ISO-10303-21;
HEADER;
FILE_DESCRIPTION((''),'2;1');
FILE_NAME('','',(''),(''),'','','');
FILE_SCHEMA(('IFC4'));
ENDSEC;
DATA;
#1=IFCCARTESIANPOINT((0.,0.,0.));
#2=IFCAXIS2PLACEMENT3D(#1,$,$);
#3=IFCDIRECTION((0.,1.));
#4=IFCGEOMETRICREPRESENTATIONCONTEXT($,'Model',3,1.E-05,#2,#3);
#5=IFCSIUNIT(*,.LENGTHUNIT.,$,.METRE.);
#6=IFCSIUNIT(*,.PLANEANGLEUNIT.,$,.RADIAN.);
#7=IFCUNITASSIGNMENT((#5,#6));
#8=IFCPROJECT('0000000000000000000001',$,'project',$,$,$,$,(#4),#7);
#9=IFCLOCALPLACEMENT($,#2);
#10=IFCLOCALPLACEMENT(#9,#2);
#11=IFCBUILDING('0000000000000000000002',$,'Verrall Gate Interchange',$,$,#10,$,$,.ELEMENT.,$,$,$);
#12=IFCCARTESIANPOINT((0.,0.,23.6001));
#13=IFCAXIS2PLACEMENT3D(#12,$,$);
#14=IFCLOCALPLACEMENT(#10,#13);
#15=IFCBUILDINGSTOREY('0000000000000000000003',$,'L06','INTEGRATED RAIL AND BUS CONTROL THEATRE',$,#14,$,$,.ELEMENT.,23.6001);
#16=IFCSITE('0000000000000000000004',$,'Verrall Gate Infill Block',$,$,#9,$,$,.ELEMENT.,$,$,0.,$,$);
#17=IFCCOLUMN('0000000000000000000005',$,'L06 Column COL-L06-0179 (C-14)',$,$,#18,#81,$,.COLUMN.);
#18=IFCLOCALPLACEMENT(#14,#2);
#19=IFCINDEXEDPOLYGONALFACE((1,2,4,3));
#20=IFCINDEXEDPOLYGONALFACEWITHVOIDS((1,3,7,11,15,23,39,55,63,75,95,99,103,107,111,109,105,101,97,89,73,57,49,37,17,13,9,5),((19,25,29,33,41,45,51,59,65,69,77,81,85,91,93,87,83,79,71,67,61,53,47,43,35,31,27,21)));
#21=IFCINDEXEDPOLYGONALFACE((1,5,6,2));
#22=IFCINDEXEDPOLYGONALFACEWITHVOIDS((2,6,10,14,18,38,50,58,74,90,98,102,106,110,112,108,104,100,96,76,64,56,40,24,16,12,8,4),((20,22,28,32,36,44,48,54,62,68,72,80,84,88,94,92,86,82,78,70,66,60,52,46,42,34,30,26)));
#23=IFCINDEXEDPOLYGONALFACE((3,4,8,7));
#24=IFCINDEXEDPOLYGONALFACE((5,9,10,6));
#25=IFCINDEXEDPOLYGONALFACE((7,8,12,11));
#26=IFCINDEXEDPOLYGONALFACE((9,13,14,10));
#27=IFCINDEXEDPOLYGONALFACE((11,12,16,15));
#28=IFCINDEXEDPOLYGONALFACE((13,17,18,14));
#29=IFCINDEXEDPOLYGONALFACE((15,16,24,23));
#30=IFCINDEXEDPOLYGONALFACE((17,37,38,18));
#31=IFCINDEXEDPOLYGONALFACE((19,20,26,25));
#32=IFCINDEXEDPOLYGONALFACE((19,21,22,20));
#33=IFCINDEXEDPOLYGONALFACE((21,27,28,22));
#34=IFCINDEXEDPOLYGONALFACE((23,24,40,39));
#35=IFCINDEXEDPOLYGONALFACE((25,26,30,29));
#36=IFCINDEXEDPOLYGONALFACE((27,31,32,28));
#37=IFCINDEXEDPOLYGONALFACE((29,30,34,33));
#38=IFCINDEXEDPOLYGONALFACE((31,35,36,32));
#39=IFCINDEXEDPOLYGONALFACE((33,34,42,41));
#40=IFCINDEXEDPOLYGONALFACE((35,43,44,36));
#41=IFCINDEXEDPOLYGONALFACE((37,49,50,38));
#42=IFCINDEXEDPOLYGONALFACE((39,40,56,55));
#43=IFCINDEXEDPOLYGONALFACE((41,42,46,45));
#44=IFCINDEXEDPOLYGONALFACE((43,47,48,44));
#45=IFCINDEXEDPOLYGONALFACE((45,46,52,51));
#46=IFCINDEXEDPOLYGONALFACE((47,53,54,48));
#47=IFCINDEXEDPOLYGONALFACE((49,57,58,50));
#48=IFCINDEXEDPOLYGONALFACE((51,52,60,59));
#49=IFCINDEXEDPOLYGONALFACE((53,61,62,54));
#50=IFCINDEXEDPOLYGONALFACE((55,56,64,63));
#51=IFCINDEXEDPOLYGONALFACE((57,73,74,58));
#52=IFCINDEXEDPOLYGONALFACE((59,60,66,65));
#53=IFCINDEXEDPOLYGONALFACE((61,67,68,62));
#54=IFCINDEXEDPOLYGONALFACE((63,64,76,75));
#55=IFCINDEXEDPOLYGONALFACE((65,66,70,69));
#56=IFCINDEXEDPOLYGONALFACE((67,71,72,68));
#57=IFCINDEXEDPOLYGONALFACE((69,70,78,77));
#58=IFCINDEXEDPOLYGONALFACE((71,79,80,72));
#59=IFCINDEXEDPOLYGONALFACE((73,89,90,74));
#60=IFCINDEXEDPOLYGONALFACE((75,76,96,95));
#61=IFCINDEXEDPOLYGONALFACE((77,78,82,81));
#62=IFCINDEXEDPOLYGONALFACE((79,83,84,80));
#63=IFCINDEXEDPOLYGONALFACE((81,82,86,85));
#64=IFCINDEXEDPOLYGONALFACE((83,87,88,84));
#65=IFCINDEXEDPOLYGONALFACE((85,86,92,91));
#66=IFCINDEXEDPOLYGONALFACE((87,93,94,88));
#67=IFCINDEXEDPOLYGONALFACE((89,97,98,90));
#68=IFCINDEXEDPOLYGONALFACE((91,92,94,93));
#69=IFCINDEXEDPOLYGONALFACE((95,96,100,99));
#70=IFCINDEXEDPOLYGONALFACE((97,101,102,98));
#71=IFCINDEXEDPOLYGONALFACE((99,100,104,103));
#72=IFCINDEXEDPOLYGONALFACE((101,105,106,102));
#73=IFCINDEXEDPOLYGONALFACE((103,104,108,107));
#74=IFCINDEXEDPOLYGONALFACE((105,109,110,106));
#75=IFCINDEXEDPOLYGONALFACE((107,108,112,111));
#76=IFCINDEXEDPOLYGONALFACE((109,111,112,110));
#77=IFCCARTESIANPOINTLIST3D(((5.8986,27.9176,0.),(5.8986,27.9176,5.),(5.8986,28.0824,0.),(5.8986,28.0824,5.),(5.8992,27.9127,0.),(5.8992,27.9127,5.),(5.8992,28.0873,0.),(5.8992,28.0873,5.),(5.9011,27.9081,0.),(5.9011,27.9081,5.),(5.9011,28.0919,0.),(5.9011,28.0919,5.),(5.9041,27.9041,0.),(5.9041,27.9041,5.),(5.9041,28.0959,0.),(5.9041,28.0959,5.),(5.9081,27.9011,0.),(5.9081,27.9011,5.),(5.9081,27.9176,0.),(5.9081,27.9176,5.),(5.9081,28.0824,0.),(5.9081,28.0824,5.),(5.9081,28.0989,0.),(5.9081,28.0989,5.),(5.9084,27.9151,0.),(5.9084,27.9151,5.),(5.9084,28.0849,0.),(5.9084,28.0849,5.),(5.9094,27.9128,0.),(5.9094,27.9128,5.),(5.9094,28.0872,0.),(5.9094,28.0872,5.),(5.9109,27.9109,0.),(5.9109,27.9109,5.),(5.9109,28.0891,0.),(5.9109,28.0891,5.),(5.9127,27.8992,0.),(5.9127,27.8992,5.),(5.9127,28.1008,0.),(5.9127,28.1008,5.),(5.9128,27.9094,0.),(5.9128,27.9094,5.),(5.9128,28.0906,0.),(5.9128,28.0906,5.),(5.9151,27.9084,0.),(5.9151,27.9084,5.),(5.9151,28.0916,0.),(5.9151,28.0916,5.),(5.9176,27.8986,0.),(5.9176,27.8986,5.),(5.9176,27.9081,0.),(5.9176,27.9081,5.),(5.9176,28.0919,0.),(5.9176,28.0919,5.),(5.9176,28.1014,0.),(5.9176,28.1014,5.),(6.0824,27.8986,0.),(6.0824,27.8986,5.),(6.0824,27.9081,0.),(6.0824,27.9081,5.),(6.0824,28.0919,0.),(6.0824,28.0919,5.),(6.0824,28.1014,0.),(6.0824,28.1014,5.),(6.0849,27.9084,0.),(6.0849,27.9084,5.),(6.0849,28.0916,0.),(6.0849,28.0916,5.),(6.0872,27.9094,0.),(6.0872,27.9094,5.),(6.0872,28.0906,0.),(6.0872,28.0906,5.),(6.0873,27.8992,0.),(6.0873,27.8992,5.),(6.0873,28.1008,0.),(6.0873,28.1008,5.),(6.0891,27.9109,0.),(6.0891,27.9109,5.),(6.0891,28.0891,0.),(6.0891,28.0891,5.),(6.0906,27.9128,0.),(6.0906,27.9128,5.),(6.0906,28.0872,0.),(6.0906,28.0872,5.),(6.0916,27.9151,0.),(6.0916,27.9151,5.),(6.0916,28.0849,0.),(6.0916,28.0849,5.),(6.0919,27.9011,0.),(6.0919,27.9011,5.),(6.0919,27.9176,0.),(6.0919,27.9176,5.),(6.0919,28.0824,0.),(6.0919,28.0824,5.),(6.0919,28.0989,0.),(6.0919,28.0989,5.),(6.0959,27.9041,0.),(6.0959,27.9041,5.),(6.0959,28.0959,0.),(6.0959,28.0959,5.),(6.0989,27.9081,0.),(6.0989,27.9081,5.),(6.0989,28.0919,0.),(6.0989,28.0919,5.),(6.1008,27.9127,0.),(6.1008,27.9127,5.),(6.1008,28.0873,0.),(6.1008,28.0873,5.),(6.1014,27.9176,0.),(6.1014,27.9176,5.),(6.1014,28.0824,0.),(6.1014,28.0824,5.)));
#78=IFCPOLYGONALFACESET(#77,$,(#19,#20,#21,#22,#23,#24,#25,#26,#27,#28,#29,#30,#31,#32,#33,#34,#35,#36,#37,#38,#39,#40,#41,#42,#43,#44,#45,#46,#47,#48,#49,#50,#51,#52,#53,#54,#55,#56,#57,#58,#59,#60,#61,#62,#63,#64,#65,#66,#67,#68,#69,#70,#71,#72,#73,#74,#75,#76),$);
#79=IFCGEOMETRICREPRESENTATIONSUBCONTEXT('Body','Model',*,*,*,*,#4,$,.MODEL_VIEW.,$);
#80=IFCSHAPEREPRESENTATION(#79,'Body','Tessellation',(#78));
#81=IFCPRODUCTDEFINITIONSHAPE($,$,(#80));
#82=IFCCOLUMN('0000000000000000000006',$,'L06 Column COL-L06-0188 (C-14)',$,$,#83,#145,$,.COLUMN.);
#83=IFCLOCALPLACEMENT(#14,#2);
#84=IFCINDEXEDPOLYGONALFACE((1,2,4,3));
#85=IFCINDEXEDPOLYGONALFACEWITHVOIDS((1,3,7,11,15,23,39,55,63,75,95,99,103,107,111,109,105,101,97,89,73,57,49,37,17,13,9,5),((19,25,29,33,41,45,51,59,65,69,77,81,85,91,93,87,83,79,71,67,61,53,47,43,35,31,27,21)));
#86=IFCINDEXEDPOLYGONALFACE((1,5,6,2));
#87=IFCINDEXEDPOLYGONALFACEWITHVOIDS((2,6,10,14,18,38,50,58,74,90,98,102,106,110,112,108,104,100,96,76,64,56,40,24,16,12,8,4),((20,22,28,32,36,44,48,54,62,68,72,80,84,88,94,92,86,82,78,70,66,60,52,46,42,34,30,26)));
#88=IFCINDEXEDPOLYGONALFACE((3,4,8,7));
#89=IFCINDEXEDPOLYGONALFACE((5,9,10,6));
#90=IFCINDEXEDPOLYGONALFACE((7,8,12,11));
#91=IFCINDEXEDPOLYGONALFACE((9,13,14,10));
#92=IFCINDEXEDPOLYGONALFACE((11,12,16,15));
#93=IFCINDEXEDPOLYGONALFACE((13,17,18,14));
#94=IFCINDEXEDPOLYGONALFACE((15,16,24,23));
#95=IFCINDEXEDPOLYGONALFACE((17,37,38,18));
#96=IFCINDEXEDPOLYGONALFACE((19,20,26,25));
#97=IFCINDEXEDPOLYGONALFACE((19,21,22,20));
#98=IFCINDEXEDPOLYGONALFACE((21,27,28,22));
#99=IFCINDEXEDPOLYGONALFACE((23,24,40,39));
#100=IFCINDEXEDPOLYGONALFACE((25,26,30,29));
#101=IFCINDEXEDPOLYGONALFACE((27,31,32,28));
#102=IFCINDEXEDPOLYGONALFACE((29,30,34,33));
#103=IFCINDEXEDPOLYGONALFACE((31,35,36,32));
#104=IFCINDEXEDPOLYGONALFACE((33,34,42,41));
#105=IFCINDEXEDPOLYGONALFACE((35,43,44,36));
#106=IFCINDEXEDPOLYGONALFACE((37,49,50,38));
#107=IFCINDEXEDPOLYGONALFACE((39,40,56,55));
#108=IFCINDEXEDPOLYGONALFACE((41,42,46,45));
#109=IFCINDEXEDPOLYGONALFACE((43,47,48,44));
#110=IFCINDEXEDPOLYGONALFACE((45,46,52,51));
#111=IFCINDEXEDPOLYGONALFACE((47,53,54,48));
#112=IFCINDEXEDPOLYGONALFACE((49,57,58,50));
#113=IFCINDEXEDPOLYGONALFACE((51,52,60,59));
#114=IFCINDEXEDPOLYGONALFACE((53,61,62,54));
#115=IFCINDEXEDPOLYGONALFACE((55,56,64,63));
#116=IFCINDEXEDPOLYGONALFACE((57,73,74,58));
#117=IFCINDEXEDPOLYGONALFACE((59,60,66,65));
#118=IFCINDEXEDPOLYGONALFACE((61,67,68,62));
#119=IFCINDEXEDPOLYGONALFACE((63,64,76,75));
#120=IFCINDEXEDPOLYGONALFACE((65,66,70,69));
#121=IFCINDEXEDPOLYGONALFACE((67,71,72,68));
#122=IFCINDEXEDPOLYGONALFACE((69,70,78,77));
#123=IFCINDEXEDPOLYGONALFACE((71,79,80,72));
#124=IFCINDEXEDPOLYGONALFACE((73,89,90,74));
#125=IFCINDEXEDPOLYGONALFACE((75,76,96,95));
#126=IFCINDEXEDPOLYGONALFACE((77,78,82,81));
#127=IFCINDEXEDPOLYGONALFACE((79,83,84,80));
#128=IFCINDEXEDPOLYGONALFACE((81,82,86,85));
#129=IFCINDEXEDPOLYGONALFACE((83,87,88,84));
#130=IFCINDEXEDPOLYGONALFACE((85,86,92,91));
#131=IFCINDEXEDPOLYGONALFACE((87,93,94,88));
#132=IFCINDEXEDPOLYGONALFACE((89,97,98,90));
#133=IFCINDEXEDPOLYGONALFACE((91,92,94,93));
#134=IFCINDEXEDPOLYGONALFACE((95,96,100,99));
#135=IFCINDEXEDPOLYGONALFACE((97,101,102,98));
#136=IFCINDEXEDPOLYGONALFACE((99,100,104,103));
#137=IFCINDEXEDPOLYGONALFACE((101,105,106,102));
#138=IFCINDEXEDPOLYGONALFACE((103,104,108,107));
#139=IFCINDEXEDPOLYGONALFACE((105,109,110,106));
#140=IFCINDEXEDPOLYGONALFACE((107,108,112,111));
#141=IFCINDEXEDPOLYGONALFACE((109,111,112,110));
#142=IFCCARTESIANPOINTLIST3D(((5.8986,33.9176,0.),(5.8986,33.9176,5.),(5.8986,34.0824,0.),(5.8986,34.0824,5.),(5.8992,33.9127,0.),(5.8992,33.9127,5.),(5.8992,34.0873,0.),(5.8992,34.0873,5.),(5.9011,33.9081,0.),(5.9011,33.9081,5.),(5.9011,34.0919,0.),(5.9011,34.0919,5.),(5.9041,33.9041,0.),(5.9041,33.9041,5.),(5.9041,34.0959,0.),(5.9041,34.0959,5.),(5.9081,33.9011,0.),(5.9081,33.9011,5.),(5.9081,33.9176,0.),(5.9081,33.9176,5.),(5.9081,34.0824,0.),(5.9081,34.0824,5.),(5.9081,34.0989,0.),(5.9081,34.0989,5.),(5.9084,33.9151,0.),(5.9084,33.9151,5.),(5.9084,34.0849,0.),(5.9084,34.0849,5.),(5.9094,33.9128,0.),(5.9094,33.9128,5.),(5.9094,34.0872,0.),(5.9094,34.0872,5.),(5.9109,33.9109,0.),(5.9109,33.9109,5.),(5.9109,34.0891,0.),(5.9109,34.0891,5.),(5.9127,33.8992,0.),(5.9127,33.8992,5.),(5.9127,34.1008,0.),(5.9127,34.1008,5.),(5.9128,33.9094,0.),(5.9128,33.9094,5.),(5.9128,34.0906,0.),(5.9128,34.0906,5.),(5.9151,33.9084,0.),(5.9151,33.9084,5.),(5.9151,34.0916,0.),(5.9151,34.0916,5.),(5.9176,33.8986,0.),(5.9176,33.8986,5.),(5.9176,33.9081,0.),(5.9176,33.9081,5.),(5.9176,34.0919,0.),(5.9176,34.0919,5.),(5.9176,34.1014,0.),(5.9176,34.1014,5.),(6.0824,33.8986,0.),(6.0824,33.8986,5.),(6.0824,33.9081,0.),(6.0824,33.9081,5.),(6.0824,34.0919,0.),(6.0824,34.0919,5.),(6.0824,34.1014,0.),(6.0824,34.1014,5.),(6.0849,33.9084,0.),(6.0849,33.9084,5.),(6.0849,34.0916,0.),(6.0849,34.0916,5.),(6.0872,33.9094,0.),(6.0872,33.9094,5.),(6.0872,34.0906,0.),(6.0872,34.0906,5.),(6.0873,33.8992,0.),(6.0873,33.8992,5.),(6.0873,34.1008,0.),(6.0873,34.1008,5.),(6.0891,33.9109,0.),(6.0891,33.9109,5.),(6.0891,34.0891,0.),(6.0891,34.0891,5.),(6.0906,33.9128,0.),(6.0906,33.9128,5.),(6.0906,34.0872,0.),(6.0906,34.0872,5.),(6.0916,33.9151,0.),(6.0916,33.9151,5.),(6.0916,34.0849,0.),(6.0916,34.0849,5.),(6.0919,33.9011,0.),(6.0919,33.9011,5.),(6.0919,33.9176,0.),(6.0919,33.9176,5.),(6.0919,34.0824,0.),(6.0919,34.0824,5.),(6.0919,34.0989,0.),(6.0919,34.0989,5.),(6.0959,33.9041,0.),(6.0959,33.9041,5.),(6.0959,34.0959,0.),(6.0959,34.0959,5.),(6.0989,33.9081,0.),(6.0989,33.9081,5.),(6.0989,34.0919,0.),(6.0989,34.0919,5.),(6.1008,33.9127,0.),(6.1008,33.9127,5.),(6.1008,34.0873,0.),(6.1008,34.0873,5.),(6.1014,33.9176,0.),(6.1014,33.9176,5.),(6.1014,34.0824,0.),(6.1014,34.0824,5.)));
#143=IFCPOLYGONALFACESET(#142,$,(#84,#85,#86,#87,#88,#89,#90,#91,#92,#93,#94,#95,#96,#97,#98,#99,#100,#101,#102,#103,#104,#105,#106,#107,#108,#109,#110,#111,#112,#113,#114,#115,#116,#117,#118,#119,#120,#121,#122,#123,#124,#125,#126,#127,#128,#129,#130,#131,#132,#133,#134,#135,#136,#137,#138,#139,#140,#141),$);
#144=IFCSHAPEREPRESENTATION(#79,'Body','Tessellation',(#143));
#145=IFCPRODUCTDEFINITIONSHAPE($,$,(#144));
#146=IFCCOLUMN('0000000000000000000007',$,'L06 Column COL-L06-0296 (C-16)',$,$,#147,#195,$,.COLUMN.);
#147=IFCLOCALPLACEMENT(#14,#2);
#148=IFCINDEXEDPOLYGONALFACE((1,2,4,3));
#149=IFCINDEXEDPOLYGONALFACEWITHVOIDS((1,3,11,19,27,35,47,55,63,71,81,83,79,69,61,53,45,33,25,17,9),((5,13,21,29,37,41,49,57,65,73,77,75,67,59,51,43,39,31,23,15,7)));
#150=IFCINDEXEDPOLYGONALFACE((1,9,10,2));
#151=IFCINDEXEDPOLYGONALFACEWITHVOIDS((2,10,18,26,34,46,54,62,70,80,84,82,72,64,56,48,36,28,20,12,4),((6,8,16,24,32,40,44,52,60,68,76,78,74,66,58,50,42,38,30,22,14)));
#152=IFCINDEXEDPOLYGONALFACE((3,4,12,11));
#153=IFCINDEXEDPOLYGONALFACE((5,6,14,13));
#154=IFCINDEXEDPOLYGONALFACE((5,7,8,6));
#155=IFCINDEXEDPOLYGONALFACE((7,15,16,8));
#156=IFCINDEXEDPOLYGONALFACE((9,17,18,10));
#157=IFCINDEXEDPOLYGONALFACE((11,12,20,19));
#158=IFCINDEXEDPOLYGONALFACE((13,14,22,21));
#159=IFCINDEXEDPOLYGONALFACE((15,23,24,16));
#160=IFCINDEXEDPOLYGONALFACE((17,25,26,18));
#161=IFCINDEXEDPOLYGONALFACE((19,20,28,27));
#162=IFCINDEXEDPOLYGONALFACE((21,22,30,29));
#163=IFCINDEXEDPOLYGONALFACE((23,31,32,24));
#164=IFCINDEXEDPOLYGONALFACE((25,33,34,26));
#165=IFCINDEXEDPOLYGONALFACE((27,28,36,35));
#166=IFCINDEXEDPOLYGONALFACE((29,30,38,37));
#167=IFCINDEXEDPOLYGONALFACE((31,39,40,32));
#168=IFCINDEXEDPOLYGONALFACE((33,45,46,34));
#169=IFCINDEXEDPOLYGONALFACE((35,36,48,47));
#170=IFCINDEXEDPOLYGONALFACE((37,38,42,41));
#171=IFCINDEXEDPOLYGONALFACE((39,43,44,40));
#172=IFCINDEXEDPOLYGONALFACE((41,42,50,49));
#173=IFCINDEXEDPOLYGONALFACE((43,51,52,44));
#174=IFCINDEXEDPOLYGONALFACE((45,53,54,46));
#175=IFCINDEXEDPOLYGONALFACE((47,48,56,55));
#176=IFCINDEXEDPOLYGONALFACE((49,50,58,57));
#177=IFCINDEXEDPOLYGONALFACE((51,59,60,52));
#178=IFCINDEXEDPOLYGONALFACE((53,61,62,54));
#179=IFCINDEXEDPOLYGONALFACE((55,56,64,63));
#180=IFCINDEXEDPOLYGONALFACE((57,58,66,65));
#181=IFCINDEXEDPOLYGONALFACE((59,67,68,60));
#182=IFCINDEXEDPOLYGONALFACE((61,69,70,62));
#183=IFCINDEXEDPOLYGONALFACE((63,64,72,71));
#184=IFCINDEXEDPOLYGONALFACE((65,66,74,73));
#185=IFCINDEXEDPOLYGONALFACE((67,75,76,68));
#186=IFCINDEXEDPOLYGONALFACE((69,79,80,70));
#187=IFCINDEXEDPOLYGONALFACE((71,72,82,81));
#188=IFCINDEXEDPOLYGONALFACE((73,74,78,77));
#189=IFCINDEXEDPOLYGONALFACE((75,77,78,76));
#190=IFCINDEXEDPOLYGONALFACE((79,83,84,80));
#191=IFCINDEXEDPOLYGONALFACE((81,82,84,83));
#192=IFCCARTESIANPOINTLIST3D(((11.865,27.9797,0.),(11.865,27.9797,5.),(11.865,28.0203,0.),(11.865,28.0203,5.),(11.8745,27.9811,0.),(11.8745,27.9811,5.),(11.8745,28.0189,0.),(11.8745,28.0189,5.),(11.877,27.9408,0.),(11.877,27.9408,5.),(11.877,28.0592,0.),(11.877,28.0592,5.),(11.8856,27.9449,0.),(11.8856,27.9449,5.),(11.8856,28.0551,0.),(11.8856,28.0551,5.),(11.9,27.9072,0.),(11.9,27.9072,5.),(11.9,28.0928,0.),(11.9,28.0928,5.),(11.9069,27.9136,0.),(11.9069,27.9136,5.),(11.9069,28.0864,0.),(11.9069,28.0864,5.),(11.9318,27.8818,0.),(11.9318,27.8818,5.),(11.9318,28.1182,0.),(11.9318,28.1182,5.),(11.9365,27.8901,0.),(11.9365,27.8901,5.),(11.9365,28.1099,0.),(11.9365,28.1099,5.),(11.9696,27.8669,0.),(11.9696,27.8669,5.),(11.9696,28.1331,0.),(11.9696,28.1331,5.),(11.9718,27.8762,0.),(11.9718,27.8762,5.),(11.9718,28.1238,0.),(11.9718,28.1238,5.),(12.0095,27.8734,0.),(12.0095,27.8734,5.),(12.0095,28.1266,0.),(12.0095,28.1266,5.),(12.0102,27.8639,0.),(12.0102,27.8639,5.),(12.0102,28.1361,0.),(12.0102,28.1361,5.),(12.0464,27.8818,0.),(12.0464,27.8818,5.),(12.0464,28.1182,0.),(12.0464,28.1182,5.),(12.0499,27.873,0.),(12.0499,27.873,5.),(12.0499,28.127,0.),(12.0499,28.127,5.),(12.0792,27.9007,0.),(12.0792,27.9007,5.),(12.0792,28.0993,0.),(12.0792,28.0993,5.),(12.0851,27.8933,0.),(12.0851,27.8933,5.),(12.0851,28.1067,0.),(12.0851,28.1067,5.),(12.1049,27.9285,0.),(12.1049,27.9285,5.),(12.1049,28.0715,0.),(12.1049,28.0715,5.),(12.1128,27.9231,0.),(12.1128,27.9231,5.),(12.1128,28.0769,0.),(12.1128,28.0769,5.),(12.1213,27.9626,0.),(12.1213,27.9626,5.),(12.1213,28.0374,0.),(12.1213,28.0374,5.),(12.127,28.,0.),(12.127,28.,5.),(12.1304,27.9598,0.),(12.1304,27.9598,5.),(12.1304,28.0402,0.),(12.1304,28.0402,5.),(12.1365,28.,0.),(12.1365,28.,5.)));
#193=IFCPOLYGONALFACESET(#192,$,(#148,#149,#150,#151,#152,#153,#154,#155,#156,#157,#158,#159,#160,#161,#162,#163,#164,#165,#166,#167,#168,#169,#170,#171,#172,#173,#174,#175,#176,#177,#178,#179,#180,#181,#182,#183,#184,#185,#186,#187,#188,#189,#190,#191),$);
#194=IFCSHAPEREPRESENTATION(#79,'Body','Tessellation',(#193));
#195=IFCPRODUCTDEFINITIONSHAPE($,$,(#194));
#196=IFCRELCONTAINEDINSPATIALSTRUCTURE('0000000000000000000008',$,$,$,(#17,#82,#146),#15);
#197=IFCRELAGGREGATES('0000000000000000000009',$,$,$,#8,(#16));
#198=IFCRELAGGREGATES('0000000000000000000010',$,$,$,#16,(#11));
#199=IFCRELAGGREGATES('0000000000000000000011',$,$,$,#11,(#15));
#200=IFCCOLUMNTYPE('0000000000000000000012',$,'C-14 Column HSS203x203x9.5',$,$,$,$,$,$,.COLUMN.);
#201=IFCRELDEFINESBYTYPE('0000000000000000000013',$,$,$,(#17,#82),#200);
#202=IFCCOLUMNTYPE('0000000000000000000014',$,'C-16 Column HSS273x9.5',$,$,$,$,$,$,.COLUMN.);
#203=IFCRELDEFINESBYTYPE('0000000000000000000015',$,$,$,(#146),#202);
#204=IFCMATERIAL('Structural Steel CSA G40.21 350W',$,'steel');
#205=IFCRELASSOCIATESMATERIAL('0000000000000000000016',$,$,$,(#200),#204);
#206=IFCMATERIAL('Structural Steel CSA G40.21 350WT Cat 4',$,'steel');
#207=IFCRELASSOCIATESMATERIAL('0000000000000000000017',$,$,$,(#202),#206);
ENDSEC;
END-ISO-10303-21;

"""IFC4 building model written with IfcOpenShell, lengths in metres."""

from ifc_helpers import new_model, si_unit, direction, frame, origin, origin_2d, place, context, subcontext, project, spatial, hollow_rectangle, hollow_circle, extrude, material, material_profile, profile_set, type_object, element, save


model = new_model("IFC4")

# Units and contexts
model_context = context("Model", 3, precision=1e-05, world=origin(), true_north=direction((0.0, 1.0)))
body_context = subcontext(model_context, "Body", "Model", "MODEL_VIEW")
ifc_project = project(units=[si_unit("LENGTHUNIT", "METRE"), si_unit("PLANEANGLEUNIT", "RADIAN")], contexts=[model_context])

# Site, building, storey
site_placement = place(None, origin())
site = spatial("IfcSite", under=ifc_project, at=site_placement, Name="Verrall Gate Infill Block", CompositionType="ELEMENT", RefElevation=0.0)
building_placement = place(site_placement, origin())
building = spatial("IfcBuilding", under=site, at=building_placement, Name="Verrall Gate Interchange", CompositionType="ELEMENT")
storey_placement = place(building_placement, frame((0.0, 0.0, 23.6001)))
storey = spatial("IfcBuildingStorey", under=building, at=storey_placement, Name="L06", Description="INTEGRATED RAIL AND BUS CONTROL THEATRE", CompositionType="ELEMENT", Elevation=23.6001)

# Columns
ifc_material_1 = material(Name="Structural Steel CSA G40.21 350W", Category="steel")
ifc_material_profile_1 = material_profile(ifc_material_1, hollow_rectangle(XDim=0.2029, YDim=0.2029, WallThickness=0.0095, InnerFilletRadius=0.0095, OuterFilletRadius=0.019, at=origin_2d()), Name="HSS203x203x9.5")
ifc_profile_set_1 = profile_set([ifc_material_profile_1], Name="Structural Steel CSA G40.21 350W")
column_type_1 = type_object("IfcColumnType", Name="C-14 Column HSS203x203x9.5", PredefinedType="COLUMN", material=ifc_profile_set_1)
for number, where, z_axis, x_axis, name in (
    (1, (6.0, 28.0, 0.0), (0.0, 0.0, 1.0), (1.0, 0.0, 0.0), "L06 Column COL-L06-0179 (C-14)"),
    (2, (6.0, 34.0, 0.0), (0.0, 0.0, 1.0), (1.0, 0.0, 0.0), "L06 Column COL-L06-0188 (C-14)"),
):
    element("IfcColumn", number, at=place(storey_placement, frame(where, z_axis=z_axis, x_axis=x_axis)), inside=storey, type_object=column_type_1, Name=name, PredefinedType="COLUMN", context=body_context, shape_type="SweptSolid", body=[
        extrude(hollow_rectangle(XDim=0.2029, YDim=0.2029, WallThickness=0.0095, InnerFilletRadius=0.0095, OuterFilletRadius=0.019, at=origin_2d()), origin(), (0.0, 0.0, 1.0), 5.0),
    ])
ifc_material_2 = material(Name="Structural Steel CSA G40.21 350WT Cat 4", Category="steel")
ifc_material_profile_2 = material_profile(ifc_material_2, hollow_circle(Radius=0.1365, WallThickness=0.0095, at=origin_2d()), Name="HSS273x9.5")
ifc_profile_set_2 = profile_set([ifc_material_profile_2], Name="Structural Steel CSA G40.21 350WT Cat 4")
column_type_2 = type_object("IfcColumnType", Name="C-16 Column HSS273x9.5", PredefinedType="COLUMN", material=ifc_profile_set_2)
column_placement = place(storey_placement, frame((12.0, 28.0, 0.0), z_axis=(0.0, 0.0, 1.0), x_axis=(1.0, 0.0, 0.0)))
element("IfcColumn", 3, at=column_placement, inside=storey, type_object=column_type_2, Name="L06 Column COL-L06-0296 (C-16)", PredefinedType="COLUMN", context=body_context, shape_type="SweptSolid", body=[
    extrude(hollow_circle(Radius=0.1365, WallThickness=0.0095, at=origin_2d()), origin(), (0.0, 0.0, 1.0), 5.0),
])

save(model, "model.ifc")
